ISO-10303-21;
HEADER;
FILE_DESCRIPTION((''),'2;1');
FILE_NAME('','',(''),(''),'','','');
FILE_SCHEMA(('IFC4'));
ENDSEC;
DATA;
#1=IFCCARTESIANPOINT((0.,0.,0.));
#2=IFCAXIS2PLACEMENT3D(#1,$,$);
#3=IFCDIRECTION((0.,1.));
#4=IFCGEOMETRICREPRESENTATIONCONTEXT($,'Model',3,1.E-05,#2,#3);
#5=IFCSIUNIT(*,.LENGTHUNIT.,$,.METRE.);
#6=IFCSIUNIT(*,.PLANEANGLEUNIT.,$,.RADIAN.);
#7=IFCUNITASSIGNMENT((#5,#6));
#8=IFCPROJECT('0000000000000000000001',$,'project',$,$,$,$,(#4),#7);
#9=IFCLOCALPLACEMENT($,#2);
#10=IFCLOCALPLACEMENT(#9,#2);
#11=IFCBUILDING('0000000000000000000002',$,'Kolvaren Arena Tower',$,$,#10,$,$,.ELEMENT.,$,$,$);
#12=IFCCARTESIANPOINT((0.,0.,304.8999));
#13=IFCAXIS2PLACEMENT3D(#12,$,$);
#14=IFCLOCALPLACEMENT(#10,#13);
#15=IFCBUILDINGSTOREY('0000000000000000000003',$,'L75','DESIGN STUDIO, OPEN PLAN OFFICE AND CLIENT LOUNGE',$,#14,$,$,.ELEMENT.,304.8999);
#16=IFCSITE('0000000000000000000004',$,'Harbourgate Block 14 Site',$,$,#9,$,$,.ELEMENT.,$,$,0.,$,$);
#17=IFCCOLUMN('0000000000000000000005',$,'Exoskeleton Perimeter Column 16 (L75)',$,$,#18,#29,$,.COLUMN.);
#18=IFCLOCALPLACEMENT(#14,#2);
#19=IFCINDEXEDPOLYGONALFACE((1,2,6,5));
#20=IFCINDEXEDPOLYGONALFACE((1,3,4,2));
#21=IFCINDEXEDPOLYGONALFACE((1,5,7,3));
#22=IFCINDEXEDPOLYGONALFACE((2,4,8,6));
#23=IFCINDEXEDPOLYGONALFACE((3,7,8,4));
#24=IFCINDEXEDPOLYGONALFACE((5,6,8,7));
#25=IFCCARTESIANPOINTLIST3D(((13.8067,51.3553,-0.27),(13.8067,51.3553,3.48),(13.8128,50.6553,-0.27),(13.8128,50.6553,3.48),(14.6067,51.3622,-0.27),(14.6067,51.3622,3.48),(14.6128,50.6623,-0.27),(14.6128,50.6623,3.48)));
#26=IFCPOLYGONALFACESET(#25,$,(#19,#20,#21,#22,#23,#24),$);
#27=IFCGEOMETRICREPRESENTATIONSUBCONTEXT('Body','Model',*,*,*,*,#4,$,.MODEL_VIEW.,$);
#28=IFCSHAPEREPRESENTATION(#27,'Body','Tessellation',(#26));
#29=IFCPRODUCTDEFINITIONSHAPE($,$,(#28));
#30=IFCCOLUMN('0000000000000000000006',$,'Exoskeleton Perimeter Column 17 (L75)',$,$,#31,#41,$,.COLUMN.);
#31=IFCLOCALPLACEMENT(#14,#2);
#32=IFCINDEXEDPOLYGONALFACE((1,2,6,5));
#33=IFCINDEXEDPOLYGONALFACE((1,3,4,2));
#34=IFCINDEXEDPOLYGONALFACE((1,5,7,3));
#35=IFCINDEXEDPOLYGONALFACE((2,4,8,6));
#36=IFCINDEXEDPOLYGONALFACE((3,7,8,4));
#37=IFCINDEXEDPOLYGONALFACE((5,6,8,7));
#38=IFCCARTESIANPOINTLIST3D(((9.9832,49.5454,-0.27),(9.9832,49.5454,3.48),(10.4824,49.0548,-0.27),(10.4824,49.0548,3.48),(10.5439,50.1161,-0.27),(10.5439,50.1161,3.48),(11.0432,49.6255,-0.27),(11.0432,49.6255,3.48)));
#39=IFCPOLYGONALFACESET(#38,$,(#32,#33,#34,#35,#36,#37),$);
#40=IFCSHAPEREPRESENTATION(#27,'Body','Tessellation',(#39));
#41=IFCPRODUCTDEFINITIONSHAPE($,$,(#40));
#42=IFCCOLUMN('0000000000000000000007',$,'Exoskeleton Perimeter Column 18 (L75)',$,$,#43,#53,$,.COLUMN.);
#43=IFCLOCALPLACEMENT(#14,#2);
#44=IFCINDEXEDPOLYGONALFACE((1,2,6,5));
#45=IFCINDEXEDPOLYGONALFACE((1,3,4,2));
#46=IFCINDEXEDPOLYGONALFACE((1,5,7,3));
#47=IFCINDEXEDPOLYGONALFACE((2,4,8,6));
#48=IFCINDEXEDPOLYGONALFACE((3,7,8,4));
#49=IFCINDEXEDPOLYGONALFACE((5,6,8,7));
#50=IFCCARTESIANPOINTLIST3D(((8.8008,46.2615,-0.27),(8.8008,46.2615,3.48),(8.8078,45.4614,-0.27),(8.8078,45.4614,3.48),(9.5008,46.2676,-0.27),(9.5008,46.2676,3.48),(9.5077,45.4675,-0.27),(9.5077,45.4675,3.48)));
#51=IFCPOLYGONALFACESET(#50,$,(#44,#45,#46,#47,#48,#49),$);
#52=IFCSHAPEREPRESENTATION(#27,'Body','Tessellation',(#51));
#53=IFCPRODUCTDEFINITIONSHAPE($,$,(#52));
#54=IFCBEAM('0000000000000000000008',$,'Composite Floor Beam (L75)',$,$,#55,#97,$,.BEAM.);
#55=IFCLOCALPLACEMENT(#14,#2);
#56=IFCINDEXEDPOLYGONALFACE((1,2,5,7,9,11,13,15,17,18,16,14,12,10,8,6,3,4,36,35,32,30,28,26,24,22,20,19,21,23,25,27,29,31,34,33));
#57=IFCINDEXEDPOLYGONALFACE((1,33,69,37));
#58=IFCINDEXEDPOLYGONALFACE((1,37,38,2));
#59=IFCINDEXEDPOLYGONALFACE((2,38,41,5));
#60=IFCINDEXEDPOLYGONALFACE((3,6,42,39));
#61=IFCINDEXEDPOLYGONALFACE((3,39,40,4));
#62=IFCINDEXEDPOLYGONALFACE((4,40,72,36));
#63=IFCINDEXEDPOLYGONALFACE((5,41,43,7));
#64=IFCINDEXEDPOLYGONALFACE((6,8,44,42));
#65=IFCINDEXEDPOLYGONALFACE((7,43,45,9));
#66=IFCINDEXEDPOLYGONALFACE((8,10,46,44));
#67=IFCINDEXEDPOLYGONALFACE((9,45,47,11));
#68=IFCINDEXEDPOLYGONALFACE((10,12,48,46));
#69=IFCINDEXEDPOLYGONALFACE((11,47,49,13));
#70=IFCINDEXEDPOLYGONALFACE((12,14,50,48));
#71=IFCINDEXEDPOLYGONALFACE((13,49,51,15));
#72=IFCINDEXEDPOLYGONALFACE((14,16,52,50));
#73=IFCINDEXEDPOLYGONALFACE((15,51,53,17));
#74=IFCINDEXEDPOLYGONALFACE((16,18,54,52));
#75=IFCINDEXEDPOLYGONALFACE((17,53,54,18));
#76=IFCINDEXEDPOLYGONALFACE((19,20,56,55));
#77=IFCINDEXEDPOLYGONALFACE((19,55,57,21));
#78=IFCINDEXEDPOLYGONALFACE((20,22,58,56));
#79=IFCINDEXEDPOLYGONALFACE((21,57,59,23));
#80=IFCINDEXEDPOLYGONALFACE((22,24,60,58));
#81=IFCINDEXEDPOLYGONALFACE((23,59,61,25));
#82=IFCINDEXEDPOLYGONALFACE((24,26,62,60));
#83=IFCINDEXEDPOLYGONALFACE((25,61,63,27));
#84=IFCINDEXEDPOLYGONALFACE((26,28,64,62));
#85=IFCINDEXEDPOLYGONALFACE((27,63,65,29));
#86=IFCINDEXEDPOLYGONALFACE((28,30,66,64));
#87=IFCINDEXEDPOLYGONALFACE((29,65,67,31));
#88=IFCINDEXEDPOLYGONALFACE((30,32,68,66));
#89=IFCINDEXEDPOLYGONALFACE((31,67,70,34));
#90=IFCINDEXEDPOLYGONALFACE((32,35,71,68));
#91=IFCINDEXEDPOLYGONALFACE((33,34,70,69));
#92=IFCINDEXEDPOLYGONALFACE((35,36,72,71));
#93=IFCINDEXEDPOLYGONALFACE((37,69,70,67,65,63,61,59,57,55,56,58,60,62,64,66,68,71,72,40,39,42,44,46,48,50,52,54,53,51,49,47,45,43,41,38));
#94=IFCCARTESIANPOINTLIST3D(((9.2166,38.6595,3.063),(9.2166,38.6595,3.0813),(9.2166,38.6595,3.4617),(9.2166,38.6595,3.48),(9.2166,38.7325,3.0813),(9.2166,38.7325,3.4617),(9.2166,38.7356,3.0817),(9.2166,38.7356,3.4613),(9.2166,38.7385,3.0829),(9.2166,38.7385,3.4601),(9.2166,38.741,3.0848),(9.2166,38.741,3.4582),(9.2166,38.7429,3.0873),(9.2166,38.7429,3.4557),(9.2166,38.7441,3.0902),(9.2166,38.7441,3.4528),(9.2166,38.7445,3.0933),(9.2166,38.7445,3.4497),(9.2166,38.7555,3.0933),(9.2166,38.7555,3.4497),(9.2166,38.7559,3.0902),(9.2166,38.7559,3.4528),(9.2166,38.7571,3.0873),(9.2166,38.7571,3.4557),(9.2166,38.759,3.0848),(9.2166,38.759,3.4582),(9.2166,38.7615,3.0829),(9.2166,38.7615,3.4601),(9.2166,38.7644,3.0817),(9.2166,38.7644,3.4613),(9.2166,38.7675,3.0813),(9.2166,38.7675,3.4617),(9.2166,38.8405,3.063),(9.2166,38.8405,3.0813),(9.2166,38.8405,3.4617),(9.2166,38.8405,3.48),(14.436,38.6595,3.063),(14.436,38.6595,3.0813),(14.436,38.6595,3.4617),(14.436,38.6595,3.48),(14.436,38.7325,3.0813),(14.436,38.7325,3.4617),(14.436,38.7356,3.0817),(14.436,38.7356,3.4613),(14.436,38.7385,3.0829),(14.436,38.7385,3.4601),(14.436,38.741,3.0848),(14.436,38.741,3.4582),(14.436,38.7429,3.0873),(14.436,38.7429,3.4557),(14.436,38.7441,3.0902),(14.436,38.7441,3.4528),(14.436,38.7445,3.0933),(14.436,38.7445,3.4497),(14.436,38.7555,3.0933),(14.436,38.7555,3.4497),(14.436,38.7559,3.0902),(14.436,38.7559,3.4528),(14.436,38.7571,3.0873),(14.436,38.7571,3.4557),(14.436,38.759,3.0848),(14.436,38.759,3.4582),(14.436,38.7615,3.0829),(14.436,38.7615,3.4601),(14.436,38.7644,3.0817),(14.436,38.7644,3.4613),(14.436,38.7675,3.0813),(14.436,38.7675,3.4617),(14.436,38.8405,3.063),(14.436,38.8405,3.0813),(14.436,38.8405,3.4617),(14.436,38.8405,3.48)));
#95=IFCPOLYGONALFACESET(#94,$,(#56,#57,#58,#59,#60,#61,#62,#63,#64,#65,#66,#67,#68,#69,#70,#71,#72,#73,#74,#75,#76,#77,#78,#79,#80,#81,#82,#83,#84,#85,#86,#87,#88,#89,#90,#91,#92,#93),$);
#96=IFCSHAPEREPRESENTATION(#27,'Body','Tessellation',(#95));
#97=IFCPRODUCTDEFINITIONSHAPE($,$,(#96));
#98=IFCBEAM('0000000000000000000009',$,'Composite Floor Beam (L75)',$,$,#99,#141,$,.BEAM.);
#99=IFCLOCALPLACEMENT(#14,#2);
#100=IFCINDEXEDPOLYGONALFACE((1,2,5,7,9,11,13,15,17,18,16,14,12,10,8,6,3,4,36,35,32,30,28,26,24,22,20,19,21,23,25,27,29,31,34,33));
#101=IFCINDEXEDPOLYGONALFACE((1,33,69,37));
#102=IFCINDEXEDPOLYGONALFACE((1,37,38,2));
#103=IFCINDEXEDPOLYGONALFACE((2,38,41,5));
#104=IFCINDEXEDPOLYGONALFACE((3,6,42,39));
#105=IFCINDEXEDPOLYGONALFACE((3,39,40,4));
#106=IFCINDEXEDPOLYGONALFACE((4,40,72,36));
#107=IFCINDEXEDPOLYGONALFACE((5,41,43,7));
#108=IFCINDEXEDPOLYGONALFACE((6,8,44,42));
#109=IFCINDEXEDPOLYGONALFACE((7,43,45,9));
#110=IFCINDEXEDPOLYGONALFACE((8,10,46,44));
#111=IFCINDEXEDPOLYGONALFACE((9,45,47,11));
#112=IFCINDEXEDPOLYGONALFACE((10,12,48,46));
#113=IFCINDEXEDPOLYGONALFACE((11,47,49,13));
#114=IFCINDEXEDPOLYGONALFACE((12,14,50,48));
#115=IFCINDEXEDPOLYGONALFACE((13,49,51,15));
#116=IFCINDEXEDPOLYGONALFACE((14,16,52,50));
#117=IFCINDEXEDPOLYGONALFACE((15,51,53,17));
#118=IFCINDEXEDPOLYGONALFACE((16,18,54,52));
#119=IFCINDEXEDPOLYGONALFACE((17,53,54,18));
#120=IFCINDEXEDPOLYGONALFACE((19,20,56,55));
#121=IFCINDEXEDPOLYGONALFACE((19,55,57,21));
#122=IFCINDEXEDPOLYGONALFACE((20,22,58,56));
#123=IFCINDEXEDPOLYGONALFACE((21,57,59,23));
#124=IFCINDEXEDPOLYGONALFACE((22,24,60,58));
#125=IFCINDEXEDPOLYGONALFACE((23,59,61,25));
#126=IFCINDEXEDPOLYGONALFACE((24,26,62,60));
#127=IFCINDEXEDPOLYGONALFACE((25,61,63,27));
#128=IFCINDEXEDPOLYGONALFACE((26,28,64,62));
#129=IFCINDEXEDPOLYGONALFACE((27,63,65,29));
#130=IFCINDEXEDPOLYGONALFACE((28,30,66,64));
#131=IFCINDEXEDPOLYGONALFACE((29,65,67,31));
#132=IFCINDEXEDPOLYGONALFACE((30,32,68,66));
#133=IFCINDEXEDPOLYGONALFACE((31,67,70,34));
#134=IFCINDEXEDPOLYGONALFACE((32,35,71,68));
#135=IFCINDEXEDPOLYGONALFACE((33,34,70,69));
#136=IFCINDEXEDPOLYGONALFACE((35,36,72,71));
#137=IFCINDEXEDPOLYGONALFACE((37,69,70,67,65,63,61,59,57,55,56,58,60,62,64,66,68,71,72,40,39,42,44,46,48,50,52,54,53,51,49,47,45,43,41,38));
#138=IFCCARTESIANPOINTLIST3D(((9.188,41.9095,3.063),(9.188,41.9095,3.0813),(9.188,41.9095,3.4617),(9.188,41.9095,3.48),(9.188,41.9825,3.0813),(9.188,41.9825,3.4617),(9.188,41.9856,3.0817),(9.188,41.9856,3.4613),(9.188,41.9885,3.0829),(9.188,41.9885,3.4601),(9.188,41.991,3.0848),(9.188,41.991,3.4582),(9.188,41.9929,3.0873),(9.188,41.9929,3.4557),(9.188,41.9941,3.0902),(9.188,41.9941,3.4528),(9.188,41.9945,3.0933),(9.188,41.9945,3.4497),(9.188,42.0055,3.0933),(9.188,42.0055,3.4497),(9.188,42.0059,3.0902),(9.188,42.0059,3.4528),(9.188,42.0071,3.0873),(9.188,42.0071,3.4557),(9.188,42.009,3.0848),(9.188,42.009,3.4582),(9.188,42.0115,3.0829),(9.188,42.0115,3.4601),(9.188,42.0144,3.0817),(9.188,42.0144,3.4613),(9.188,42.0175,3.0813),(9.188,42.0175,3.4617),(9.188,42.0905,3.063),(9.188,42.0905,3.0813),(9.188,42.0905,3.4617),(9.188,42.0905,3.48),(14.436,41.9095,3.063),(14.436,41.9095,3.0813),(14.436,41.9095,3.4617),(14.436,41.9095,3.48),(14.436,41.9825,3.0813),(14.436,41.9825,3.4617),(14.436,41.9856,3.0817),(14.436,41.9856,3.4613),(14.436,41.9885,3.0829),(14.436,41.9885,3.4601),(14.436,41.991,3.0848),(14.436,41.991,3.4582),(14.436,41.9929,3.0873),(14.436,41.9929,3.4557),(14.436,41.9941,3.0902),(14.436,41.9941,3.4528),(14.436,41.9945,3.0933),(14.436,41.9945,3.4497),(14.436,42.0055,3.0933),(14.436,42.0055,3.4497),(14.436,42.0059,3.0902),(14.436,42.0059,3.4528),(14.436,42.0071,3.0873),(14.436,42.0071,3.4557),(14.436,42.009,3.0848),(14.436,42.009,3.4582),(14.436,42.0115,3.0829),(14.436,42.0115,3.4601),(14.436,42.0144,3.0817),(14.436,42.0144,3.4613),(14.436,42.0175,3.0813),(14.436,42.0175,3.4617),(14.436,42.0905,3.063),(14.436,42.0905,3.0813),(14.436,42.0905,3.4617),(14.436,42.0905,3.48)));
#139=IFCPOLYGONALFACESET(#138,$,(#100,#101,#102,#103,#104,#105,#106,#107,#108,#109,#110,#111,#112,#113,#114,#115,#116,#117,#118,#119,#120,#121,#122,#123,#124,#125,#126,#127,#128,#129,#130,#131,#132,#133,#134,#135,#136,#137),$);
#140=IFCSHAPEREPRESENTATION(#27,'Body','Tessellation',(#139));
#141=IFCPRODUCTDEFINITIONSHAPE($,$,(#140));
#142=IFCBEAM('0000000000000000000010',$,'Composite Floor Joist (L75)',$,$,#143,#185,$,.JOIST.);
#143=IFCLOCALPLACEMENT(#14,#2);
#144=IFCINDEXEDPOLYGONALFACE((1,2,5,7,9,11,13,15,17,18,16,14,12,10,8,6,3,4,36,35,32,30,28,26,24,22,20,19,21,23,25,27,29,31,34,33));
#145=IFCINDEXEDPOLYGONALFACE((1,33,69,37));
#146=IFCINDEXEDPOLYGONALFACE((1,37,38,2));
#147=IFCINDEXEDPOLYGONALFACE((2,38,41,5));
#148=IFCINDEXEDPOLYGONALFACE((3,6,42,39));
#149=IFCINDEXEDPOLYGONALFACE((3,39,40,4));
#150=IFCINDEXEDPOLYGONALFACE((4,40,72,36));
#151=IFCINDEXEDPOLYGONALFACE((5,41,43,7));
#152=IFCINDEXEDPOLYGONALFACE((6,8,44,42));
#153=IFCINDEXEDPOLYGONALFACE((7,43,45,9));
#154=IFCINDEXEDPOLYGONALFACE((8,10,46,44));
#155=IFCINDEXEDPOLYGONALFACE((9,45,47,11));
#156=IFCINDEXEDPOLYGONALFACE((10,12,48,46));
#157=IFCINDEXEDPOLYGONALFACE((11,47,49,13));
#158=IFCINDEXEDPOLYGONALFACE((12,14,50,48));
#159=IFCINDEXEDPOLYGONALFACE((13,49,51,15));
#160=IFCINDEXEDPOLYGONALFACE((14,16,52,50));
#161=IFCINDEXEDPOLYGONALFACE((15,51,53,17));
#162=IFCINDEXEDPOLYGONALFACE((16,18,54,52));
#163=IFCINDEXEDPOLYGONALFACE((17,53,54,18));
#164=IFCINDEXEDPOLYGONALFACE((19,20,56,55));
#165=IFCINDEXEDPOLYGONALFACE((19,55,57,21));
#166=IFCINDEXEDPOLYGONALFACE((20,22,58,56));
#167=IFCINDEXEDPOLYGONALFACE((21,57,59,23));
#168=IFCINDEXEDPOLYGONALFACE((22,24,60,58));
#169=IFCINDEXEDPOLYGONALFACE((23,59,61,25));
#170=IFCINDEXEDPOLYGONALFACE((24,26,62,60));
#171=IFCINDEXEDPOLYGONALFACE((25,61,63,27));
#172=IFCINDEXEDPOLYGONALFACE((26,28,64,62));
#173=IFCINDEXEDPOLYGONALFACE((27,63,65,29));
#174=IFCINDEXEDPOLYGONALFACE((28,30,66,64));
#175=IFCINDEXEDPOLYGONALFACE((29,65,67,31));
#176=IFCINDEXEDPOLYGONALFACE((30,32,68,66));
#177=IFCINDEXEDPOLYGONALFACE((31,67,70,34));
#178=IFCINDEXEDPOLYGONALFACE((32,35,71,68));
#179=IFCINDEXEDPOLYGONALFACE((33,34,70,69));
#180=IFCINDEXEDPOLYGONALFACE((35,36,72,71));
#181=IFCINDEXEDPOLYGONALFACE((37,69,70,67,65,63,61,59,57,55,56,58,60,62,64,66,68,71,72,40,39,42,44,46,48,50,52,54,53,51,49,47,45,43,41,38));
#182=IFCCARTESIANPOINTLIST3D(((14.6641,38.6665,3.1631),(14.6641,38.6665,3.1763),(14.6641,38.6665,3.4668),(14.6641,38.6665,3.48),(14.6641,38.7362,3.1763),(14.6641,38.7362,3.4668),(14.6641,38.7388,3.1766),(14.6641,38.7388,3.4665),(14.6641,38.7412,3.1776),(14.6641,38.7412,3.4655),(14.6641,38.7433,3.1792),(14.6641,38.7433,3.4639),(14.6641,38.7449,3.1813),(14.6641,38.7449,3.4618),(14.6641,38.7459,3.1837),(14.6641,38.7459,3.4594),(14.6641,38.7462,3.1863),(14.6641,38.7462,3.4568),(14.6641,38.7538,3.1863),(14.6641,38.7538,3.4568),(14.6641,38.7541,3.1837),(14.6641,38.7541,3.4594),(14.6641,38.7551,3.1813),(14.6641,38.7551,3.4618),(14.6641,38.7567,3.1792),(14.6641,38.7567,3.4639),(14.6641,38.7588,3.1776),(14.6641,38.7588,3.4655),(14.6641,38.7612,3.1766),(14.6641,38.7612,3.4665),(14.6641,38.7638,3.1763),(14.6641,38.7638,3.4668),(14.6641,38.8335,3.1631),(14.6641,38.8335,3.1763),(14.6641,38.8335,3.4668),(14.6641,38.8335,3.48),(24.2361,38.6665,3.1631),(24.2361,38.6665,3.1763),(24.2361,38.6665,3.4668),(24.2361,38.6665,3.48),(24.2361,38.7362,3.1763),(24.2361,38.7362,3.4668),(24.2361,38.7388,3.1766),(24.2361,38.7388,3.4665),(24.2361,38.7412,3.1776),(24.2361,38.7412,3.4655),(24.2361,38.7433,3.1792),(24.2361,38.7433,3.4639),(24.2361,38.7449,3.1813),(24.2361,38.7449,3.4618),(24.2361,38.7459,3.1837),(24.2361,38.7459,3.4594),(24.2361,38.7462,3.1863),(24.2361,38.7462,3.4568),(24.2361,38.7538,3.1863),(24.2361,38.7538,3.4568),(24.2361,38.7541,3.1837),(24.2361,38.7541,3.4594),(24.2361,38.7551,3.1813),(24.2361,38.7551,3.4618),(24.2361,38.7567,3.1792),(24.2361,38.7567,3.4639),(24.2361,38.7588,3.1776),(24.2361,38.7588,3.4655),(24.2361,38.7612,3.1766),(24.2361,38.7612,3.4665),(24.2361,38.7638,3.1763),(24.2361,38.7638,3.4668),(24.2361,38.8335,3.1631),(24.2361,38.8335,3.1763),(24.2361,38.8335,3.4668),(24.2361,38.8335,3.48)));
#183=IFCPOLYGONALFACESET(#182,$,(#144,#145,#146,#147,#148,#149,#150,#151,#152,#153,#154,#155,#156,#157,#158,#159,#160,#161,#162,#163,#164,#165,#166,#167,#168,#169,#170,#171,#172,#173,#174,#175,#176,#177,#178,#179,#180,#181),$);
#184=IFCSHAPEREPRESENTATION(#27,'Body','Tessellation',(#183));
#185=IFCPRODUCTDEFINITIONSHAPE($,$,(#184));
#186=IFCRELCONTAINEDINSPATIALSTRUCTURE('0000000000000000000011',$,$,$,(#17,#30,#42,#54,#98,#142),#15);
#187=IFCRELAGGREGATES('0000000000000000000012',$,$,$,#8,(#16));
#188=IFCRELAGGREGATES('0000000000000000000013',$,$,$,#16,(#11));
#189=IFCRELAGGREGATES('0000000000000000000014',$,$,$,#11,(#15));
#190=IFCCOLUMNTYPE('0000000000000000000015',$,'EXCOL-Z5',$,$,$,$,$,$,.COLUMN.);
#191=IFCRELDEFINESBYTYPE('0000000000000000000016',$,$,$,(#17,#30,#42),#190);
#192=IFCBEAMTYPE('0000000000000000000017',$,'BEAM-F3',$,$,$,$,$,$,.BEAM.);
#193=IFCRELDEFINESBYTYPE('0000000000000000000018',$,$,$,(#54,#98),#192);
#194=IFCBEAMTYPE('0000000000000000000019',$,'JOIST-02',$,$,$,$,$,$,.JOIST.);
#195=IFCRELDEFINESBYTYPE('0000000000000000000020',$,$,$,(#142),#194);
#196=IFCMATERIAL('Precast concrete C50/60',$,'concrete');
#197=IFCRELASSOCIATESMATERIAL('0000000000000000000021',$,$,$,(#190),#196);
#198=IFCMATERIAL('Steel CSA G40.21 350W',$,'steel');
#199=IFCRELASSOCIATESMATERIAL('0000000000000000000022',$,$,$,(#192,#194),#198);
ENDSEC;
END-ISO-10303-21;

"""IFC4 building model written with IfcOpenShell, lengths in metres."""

from ifc_helpers import new_model, si_unit, direction, frame, origin, origin_2d, place, context, subcontext, project, spatial, rectangle, i_section, extrude, material, material_profile, profile_set, type_object, element, save


model = new_model("IFC4")

# Units and contexts
model_context = context("Model", 3, precision=1e-05, world=origin(), true_north=direction((0.0, 1.0)))
body_context = subcontext(model_context, "Body", "Model", "MODEL_VIEW")
ifc_project = project(units=[si_unit("LENGTHUNIT", "METRE"), si_unit("PLANEANGLEUNIT", "RADIAN")], contexts=[model_context])

# Site, building, storey
site_placement = place(None, origin())
site = spatial("IfcSite", under=ifc_project, at=site_placement, Name="Harbourgate Block 14 Site", CompositionType="ELEMENT", RefElevation=0.0)
building_placement = place(site_placement, origin())
building = spatial("IfcBuilding", under=site, at=building_placement, Name="Kolvaren Arena Tower", CompositionType="ELEMENT")
storey_placement = place(building_placement, frame((0.0, 0.0, 304.8999)))
storey = spatial("IfcBuildingStorey", under=building, at=storey_placement, Name="L75", Description="DESIGN STUDIO, OPEN PLAN OFFICE AND CLIENT LOUNGE", CompositionType="ELEMENT", Elevation=304.8999)

# Columns
ifc_material_1 = material(Name="Precast concrete C50/60", Category="concrete")
ifc_material_profile_1 = material_profile(ifc_material_1, rectangle(XDim=0.8, YDim=0.7, at=origin_2d()), Name="RC-800x700")
ifc_profile_set_1 = profile_set([ifc_material_profile_1], Name="Precast concrete C50/60")
column_type = type_object("IfcColumnType", Name="EXCOL-Z5", PredefinedType="COLUMN", material=ifc_profile_set_1)
for number, where, z_axis, x_axis, name in (
    (1, (14.2097, 51.0088, -0.27), (0.0, 0.0, 1.0), (0.999962, 0.008727, 0.0), "Exoskeleton Perimeter Column 16 (L75)"),
    (2, (10.5132, 49.5854, -0.27), (0.0, 0.0, 1.0), (0.700909, 0.71325, 0.0), "Exoskeleton Perimeter Column 17 (L75)"),
    (3, (9.1543, 45.8645, -0.27), (0.0, 0.0, 1.0), (-0.008727, 0.999962, 0.0), "Exoskeleton Perimeter Column 18 (L75)"),
):
    element("IfcColumn", number, at=place(storey_placement, frame(where, z_axis=z_axis, x_axis=x_axis)), inside=storey, type_object=column_type, Name=name, PredefinedType="COLUMN", context=body_context, shape_type="SweptSolid", body=[
        extrude(rectangle(XDim=0.8, YDim=0.7, at=origin_2d()), origin(), (0.0, 0.0, 1.0), 3.75),
    ])

# Beams
ifc_material_2 = material(Name="Steel CSA G40.21 350W", Category="steel")
ifc_material_profile_2 = material_profile(ifc_material_2, i_section(OverallWidth=0.1809, OverallDepth=0.417, WebThickness=0.011, FlangeThickness=0.0183, FilletRadius=0.012, at=origin_2d()), Name="W410x85")
ifc_profile_set_2 = profile_set([ifc_material_profile_2], Name="Steel CSA G40.21 350W")
beam_type_1 = type_object("IfcBeamType", Name="BEAM-F3", PredefinedType="BEAM", material=ifc_profile_set_2)
beam_1_placement = place(storey_placement, frame((9.2166, 38.75, 3.2715), z_axis=(1.0, 0.0, 0.0), x_axis=(0.0, 1.0, 0.0)))
element("IfcBeam", 4, at=beam_1_placement, inside=storey, type_object=beam_type_1, Name="Composite Floor Beam (L75)", PredefinedType="BEAM", context=body_context, shape_type="SweptSolid", body=[
    extrude(i_section(OverallWidth=0.1809, OverallDepth=0.417, WebThickness=0.011, FlangeThickness=0.0183, FilletRadius=0.012, at=origin_2d()), origin(), (0.0, 0.0, 1.0), 5.2195),
])
beam_2_placement = place(storey_placement, frame((9.188, 42.0, 3.2715), z_axis=(1.0, 0.0, 0.0), x_axis=(0.0, 1.0, 0.0)))
element("IfcBeam", 5, at=beam_2_placement, inside=storey, type_object=beam_type_1, Name="Composite Floor Beam (L75)", PredefinedType="BEAM", context=body_context, shape_type="SweptSolid", body=[
    extrude(i_section(OverallWidth=0.1809, OverallDepth=0.417, WebThickness=0.011, FlangeThickness=0.0183, FilletRadius=0.012, at=origin_2d()), origin(), (0.0, 0.0, 1.0), 5.248),
])
ifc_material_profile_3 = material_profile(ifc_material_2, i_section(OverallWidth=0.167, OverallDepth=0.3169, WebThickness=0.0076, FlangeThickness=0.0132, FilletRadius=0.01, at=origin_2d()), Name="W310x52")
ifc_profile_set_3 = profile_set([ifc_material_profile_3], Name="Steel CSA G40.21 350W")
beam_type_2 = type_object("IfcBeamType", Name="JOIST-02", PredefinedType="JOIST", material=ifc_profile_set_3)
for number, where, z_axis, x_axis, name in (
    (6, (14.6641, 38.75, 3.3215), (1.0, 0.0, 0.0), (0.0, 1.0, 0.0), "Composite Floor Joist (L75)"),
):
    element("IfcBeam", number, at=place(storey_placement, frame(where, z_axis=z_axis, x_axis=x_axis)), inside=storey, type_object=beam_type_2, Name=name, PredefinedType="JOIST", context=body_context, shape_type="SweptSolid", body=[
        extrude(i_section(OverallWidth=0.167, OverallDepth=0.3169, WebThickness=0.0076, FlangeThickness=0.0132, FilletRadius=0.01, at=origin_2d()), origin(), (0.0, 0.0, 1.0), 9.572),
    ])

save(model, "model.ifc")
